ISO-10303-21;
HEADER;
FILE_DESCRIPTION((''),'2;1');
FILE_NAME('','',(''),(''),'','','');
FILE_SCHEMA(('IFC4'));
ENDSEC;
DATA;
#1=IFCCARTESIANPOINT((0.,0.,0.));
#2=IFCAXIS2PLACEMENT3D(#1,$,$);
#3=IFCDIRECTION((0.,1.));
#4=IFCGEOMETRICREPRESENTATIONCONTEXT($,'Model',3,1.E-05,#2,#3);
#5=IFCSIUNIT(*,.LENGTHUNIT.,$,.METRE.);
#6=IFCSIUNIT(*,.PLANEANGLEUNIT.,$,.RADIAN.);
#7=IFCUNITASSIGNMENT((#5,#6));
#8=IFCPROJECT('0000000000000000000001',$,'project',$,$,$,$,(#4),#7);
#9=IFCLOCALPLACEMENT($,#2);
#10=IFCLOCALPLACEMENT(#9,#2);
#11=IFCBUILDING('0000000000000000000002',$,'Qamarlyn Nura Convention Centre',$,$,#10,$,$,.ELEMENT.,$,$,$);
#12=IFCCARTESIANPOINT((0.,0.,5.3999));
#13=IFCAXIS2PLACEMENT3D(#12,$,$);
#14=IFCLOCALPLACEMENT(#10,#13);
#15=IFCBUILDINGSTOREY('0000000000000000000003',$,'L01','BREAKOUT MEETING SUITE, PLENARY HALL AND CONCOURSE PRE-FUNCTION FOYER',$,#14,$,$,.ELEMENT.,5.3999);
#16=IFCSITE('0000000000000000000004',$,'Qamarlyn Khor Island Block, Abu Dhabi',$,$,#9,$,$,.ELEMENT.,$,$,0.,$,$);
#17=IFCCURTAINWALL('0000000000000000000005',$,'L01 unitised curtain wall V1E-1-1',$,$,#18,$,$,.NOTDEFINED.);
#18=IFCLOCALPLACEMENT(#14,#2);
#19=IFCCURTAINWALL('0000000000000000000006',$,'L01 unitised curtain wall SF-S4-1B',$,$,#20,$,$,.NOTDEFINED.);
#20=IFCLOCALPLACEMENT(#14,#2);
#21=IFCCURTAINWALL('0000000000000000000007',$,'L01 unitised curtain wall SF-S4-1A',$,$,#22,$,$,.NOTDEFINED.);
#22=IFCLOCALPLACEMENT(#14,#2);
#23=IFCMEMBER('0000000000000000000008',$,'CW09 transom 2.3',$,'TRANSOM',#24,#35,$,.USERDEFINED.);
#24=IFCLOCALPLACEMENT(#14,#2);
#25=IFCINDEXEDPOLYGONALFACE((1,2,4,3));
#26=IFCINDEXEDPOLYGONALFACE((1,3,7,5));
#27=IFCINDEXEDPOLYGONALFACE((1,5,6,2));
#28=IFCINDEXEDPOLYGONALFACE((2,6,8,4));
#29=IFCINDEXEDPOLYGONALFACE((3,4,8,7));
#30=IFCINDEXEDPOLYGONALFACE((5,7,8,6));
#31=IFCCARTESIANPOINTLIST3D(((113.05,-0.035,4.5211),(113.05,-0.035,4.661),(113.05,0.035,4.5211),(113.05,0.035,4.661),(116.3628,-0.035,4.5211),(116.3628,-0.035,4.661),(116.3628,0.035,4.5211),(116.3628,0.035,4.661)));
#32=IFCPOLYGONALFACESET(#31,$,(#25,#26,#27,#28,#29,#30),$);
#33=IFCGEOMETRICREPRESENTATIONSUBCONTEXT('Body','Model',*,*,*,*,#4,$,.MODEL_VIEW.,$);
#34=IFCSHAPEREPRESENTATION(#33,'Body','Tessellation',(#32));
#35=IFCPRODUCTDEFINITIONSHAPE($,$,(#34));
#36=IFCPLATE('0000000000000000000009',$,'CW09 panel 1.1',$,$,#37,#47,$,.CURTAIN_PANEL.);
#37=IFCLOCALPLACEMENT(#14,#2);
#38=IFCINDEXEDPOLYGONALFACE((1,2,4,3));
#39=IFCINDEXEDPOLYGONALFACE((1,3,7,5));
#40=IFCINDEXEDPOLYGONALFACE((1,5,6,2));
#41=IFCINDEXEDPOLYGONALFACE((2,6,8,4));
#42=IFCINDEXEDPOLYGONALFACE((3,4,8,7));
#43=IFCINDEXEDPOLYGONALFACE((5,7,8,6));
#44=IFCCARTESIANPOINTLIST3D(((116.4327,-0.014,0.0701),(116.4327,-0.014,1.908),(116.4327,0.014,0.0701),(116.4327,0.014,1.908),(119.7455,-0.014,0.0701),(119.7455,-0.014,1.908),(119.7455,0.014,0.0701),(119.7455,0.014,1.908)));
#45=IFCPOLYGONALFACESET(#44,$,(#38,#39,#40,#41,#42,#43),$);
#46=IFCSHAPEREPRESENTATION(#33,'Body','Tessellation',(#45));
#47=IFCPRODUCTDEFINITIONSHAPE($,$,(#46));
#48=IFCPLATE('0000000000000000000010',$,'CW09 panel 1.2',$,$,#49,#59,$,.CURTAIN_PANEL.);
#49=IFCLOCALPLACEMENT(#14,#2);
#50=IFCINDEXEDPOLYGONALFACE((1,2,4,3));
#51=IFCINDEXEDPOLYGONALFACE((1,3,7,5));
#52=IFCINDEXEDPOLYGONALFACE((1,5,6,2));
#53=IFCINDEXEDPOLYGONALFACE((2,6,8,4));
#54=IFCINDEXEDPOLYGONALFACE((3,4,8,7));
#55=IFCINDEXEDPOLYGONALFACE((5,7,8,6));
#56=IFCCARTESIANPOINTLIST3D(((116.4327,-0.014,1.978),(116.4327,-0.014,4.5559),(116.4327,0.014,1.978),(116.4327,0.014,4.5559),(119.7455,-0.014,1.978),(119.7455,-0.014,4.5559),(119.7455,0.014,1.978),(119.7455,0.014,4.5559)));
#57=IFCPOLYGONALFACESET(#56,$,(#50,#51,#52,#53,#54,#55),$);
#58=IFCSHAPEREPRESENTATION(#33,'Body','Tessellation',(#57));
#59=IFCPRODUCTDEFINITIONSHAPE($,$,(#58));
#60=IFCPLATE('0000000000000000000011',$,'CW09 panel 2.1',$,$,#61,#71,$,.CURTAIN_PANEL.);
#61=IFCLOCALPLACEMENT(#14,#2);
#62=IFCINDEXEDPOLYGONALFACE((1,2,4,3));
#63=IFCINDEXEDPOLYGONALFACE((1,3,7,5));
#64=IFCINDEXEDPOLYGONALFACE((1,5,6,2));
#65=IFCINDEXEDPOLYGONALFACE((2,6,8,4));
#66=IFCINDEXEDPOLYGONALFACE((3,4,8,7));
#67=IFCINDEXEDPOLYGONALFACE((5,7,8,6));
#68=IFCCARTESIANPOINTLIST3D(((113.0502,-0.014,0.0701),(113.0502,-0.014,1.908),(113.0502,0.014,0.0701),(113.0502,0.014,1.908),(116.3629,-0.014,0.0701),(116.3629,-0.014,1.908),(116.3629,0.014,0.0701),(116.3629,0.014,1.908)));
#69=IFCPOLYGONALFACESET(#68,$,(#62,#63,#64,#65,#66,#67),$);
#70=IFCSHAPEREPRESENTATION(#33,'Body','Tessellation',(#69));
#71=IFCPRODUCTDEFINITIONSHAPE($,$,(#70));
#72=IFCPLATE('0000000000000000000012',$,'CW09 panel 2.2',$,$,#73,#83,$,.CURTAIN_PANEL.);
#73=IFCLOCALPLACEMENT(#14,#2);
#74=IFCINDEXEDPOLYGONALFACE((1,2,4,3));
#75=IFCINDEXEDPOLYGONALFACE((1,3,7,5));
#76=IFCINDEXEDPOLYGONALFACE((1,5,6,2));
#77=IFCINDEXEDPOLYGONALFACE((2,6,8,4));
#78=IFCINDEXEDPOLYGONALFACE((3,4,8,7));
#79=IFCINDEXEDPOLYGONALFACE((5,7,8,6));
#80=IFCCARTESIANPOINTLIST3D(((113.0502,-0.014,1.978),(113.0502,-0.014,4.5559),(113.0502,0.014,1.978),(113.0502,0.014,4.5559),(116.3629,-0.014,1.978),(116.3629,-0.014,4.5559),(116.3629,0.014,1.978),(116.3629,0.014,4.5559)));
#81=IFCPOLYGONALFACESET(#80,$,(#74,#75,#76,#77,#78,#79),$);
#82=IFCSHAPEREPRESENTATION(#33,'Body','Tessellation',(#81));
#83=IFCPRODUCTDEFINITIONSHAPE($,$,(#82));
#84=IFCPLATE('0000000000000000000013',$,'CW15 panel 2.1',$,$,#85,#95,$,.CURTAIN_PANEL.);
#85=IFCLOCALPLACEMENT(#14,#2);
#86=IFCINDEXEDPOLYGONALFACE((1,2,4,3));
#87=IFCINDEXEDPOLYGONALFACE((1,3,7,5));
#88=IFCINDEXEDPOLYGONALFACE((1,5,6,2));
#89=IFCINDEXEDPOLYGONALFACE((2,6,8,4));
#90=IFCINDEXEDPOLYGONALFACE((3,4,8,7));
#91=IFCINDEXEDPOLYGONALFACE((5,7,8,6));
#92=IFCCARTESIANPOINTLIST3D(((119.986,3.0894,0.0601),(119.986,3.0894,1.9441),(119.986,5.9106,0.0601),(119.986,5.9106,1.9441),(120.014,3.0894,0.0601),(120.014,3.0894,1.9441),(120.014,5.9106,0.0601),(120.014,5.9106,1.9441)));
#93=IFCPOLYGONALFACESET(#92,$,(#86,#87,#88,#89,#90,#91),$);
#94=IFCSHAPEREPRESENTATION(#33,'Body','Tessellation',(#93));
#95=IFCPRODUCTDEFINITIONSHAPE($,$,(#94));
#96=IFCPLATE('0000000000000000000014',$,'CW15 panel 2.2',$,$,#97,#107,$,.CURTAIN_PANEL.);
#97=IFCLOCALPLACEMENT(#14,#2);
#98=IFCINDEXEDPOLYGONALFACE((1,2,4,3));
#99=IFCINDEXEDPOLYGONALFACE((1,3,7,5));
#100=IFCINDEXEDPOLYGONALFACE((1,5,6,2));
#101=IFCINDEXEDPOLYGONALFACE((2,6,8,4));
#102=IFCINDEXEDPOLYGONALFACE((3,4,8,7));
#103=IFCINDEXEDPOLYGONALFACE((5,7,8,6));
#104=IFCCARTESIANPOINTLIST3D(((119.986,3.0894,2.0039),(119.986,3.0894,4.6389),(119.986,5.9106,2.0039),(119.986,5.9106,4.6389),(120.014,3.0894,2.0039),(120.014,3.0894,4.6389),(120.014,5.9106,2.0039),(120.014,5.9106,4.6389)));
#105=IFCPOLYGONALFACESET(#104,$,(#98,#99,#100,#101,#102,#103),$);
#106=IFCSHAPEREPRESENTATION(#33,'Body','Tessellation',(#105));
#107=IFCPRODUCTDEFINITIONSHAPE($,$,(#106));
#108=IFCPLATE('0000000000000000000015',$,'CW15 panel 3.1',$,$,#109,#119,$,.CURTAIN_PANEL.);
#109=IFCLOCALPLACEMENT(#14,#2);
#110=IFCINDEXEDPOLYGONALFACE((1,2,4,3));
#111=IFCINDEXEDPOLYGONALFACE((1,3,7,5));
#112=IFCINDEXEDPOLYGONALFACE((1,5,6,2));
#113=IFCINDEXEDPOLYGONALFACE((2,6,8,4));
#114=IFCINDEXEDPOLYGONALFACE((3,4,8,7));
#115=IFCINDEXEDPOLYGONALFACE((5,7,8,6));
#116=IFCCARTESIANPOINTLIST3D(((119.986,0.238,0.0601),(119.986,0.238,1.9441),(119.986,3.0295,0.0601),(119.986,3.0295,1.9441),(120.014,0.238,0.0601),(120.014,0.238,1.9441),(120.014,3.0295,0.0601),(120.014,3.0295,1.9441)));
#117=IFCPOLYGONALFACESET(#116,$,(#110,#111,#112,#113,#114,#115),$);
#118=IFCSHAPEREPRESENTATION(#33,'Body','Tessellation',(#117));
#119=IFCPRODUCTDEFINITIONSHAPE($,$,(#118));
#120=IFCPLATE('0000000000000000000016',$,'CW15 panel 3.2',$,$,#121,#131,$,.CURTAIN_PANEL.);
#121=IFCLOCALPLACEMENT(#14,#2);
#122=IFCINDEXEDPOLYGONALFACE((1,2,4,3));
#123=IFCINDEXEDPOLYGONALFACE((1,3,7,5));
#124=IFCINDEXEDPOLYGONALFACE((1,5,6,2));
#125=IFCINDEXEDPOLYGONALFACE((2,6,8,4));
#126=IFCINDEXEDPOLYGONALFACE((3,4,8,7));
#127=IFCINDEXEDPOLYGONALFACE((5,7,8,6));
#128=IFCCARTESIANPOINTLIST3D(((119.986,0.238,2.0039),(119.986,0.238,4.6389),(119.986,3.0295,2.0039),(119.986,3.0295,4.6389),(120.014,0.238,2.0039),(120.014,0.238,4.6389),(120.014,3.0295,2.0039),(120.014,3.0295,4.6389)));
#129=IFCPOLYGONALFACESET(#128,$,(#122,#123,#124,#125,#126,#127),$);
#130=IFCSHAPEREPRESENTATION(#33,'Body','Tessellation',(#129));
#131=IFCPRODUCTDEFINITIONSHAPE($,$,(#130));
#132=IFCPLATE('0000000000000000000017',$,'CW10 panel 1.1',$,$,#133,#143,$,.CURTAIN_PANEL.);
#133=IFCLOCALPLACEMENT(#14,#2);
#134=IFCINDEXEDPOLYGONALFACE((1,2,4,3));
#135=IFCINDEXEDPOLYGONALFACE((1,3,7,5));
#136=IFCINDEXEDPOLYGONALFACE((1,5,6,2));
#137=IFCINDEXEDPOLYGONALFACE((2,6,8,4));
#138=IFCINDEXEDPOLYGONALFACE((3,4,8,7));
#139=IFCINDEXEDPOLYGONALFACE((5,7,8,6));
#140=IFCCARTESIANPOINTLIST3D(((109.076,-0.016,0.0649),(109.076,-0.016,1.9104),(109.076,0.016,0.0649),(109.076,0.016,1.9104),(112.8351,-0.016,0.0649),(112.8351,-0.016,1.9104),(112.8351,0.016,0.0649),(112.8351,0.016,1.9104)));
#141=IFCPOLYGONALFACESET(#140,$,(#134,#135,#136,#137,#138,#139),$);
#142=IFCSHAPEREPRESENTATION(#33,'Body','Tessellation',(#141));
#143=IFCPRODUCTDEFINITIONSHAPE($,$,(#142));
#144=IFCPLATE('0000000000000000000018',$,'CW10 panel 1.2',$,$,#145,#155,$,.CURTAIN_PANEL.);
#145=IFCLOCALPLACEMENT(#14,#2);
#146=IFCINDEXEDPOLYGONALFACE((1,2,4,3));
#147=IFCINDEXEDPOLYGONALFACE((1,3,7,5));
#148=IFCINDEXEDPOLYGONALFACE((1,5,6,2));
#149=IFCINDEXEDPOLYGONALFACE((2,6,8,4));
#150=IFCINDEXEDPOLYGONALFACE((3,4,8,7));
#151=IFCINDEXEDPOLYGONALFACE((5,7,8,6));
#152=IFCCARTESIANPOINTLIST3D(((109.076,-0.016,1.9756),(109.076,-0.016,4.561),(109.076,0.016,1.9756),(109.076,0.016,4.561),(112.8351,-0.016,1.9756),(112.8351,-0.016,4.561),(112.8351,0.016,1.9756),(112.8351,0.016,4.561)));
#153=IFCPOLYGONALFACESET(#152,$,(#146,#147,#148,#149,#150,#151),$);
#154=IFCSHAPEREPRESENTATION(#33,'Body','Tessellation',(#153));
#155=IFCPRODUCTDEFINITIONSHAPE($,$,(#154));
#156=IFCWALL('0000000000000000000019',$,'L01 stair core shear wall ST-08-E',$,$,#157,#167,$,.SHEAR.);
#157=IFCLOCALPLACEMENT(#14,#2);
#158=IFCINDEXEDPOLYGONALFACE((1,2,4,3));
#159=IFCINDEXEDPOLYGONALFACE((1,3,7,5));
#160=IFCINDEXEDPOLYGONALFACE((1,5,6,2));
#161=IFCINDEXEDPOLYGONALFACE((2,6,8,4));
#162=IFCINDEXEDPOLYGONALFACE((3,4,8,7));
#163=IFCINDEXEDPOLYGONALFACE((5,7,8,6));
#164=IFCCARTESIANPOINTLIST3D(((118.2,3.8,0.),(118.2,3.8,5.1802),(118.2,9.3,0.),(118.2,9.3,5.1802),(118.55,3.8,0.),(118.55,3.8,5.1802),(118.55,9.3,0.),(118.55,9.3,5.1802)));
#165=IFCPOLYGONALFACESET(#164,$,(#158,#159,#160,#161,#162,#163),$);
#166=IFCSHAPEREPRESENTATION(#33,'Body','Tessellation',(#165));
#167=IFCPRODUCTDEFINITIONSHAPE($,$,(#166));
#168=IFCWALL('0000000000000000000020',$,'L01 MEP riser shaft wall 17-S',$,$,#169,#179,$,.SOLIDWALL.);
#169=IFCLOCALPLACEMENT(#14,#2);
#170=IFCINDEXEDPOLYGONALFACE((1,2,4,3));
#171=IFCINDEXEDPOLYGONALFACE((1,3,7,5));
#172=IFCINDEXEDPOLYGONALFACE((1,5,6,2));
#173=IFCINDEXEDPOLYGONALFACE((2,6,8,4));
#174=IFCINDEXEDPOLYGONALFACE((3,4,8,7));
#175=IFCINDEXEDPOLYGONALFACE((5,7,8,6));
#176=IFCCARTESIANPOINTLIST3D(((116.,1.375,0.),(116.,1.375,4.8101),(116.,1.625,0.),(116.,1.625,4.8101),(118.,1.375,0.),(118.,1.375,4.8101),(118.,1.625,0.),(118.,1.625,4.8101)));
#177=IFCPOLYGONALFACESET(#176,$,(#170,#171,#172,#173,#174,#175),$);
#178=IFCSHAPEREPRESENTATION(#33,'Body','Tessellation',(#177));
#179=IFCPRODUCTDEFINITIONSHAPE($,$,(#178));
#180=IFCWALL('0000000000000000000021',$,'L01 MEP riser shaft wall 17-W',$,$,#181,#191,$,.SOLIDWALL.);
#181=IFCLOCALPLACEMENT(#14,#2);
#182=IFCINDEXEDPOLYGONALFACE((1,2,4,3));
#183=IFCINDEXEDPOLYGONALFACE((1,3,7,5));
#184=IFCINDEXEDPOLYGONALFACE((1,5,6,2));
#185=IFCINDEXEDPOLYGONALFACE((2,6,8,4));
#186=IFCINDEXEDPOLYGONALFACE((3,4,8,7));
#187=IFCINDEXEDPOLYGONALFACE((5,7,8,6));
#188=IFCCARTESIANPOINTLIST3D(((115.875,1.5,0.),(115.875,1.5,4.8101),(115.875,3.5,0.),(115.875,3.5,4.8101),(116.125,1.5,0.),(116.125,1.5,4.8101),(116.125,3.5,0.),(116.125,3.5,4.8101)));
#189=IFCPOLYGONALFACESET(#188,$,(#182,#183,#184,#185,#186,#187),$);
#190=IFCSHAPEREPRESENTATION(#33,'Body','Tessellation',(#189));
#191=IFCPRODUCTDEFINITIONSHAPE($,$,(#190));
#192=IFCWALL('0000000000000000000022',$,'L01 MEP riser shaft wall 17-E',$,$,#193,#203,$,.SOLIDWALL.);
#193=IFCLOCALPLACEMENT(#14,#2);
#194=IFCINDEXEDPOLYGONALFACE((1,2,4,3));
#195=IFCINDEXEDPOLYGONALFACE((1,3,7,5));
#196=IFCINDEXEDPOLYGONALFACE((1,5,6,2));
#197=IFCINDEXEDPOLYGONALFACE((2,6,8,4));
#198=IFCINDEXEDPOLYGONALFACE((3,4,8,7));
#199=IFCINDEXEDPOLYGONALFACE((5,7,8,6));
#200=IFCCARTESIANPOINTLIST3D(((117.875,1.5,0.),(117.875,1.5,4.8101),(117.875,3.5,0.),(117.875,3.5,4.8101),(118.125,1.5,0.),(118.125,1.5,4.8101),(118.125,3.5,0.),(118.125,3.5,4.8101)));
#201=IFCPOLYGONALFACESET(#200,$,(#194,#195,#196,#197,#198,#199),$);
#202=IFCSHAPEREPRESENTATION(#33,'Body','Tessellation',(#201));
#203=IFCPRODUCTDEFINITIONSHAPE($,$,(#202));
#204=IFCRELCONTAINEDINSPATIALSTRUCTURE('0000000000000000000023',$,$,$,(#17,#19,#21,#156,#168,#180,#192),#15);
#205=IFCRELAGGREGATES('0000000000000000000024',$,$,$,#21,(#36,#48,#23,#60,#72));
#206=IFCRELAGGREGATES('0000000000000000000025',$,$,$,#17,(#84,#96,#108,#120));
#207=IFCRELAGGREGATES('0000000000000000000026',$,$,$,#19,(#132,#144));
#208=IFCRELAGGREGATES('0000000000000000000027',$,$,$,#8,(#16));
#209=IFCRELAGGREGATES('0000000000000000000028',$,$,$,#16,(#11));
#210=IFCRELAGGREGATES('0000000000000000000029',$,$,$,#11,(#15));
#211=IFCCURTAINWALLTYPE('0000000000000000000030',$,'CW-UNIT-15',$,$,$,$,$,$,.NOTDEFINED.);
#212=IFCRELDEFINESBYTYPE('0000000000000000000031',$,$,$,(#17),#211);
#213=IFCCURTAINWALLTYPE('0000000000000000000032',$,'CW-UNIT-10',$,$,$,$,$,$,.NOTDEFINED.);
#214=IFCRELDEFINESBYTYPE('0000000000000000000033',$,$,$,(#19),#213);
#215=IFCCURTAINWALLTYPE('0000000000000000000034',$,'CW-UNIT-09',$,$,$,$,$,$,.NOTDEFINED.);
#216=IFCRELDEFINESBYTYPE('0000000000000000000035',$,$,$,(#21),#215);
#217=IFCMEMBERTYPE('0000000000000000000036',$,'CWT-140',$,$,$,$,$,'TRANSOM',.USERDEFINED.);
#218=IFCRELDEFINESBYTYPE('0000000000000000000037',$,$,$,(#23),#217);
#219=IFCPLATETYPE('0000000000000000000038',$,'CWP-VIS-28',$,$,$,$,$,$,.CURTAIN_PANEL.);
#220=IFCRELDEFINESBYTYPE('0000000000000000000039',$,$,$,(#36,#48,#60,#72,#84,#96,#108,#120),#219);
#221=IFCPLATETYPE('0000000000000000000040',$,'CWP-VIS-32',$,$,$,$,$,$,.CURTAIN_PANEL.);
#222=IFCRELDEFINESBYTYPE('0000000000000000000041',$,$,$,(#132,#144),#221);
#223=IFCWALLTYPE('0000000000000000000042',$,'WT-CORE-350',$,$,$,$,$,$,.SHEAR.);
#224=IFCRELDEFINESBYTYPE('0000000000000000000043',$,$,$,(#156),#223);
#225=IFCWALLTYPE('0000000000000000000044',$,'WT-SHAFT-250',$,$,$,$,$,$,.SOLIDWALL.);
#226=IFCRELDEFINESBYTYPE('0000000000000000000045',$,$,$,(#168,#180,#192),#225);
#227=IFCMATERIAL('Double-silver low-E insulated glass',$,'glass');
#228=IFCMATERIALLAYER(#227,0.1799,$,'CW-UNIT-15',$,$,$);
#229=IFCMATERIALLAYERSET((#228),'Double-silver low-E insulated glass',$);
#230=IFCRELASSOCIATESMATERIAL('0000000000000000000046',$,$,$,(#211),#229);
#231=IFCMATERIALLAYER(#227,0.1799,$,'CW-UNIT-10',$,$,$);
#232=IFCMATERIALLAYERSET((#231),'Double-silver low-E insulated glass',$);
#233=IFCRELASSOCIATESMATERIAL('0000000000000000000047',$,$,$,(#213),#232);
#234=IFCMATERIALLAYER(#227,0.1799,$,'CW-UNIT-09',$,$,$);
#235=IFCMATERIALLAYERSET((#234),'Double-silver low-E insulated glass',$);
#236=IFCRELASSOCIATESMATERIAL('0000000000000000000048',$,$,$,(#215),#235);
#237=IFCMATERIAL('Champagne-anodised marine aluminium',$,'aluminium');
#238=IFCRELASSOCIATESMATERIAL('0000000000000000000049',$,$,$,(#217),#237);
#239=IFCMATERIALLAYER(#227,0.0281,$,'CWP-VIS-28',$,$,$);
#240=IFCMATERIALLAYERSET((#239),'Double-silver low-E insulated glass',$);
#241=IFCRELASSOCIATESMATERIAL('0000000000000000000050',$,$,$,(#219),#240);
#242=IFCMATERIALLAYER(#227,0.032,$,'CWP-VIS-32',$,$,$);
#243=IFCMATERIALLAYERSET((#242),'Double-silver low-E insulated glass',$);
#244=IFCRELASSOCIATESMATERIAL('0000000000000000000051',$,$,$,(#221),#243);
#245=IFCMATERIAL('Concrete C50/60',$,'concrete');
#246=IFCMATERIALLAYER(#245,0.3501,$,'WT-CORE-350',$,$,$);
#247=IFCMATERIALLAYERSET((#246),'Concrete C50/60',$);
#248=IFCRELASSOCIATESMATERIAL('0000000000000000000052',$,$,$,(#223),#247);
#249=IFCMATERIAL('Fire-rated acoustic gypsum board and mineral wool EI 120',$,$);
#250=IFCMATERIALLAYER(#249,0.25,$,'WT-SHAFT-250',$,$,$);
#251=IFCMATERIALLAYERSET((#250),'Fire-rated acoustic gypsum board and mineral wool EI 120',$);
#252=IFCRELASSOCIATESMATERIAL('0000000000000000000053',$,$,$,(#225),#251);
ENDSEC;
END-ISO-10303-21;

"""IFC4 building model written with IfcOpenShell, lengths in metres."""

from ifc_helpers import new_model, si_unit, direction, frame, frame_2d, origin, origin_2d, place, context, subcontext, project, spatial, rectangle, extrude, material, layer, layer_set, material_profile, profile_set, type_object, element, aggregate, save


model = new_model("IFC4")

# Units and contexts
model_context = context("Model", 3, precision=1e-05, world=origin(), true_north=direction((0.0, 1.0)))
body_context = subcontext(model_context, "Body", "Model", "MODEL_VIEW")
ifc_project = project(units=[si_unit("LENGTHUNIT", "METRE"), si_unit("PLANEANGLEUNIT", "RADIAN")], contexts=[model_context])

# Site, building, storey
site_placement = place(None, origin())
site = spatial("IfcSite", under=ifc_project, at=site_placement, Name="Qamarlyn Khor Island Block, Abu Dhabi", CompositionType="ELEMENT", RefElevation=0.0)
building_placement = place(site_placement, origin())
building = spatial("IfcBuilding", under=site, at=building_placement, Name="Qamarlyn Nura Convention Centre", CompositionType="ELEMENT")
storey_placement = place(building_placement, frame((0.0, 0.0, 5.3999)))
storey = spatial("IfcBuildingStorey", under=building, at=storey_placement, Name="L01", Description="BREAKOUT MEETING SUITE, PLENARY HALL AND CONCOURSE PRE-FUNCTION FOYER", CompositionType="ELEMENT", Elevation=5.3999)

# Curtain wall
ifc_material_1 = material(Name="Double-silver low-E insulated glass", Category="glass")
ifc_layer_1 = layer(ifc_material_1, 0.1799, Name="CW-UNIT-15")
ifc_layer_set_1 = layer_set([ifc_layer_1], Name="Double-silver low-E insulated glass")
curtain_wall_type_1 = type_object("IfcCurtainWallType", Name="CW-UNIT-15", PredefinedType="NOTDEFINED", material=ifc_layer_set_1)
curtain_wall_1_placement = place(storey_placement, origin())
curtain_wall_1 = element("IfcCurtainWall", 1, at=curtain_wall_1_placement, inside=storey, type_object=curtain_wall_type_1, Name="L01 unitised curtain wall V1E-1-1", PredefinedType="NOTDEFINED")
ifc_material_2 = material(Name="Champagne-anodised marine aluminium", Category="aluminium")

# Curtain wall
ifc_layer_2 = layer(ifc_material_1, 0.1799, Name="CW-UNIT-10")
ifc_layer_set_2 = layer_set([ifc_layer_2], Name="Double-silver low-E insulated glass")
curtain_wall_type_2 = type_object("IfcCurtainWallType", Name="CW-UNIT-10", PredefinedType="NOTDEFINED", material=ifc_layer_set_2)
curtain_wall_2_placement = place(storey_placement, origin())
curtain_wall_2 = element("IfcCurtainWall", 2, at=curtain_wall_2_placement, inside=storey, type_object=curtain_wall_type_2, Name="L01 unitised curtain wall SF-S4-1B", PredefinedType="NOTDEFINED")

# Curtain wall
ifc_layer_3 = layer(ifc_material_1, 0.1799, Name="CW-UNIT-09")
ifc_layer_set_3 = layer_set([ifc_layer_3], Name="Double-silver low-E insulated glass")
curtain_wall_type_3 = type_object("IfcCurtainWallType", Name="CW-UNIT-09", PredefinedType="NOTDEFINED", material=ifc_layer_set_3)
curtain_wall_3_placement = place(storey_placement, origin())
curtain_wall_3 = element("IfcCurtainWall", 3, at=curtain_wall_3_placement, inside=storey, type_object=curtain_wall_type_3, Name="L01 unitised curtain wall SF-S4-1A", PredefinedType="NOTDEFINED")

# Member
ifc_material_profile_1 = material_profile(ifc_material_2, rectangle(XDim=0.0701, YDim=0.1399, at=origin_2d()), Name="ALU TRANSOM 70x140")
ifc_profile_set_1 = profile_set([ifc_material_profile_1], Name="Champagne-anodised marine aluminium")
member_type_1 = type_object("IfcMemberType", Name="CWT-140", ElementType="TRANSOM", PredefinedType="USERDEFINED", material=ifc_profile_set_1)
member_1_placement = place(storey_placement, frame((116.3628, 0.0, 4.5911), z_axis=(-1.0, 0.0, 0.0), x_axis=(0.0, -1.0, 0.0)))
member_1 = element("IfcMember", 4, at=member_1_placement, type_object=member_type_1, Name="CW09 transom 2.3", ObjectType="TRANSOM", PredefinedType="USERDEFINED", context=body_context, shape_type="SweptSolid", body=[
    extrude(rectangle(XDim=0.0701, YDim=0.1399, at=origin_2d()), origin(), (0.0, 0.0, 1.0), 3.3127),
])

# Plates
ifc_layer_4 = layer(ifc_material_1, 0.0281, Name="CWP-VIS-28")
ifc_layer_set_4 = layer_set([ifc_layer_4], Name="Double-silver low-E insulated glass")
plate_type_1 = type_object("IfcPlateType", Name="CWP-VIS-28", PredefinedType="CURTAIN_PANEL", material=ifc_layer_set_4)
plate_1_placement = place(storey_placement, frame((118.0891, 0.0, 0.0701), z_axis=(0.0, 0.0, 1.0), x_axis=(-1.0, 0.0, 0.0)))
plate_1 = element("IfcPlate", 5, at=plate_1_placement, type_object=plate_type_1, Name="CW09 panel 1.1", PredefinedType="CURTAIN_PANEL", context=body_context, shape_type="SweptSolid", body=[
    extrude(rectangle(XDim=3.3127, YDim=0.0281, at=origin_2d()), origin(), (0.0, 0.0, 1.0), 1.8379),
])
plate_2_placement = place(storey_placement, frame((118.0891, 0.0, 1.978), z_axis=(0.0, 0.0, 1.0), x_axis=(-1.0, 0.0, 0.0)))
plate_2 = element("IfcPlate", 6, at=plate_2_placement, type_object=plate_type_1, Name="CW09 panel 1.2", PredefinedType="CURTAIN_PANEL", context=body_context, shape_type="SweptSolid", body=[
    extrude(rectangle(XDim=3.3127, YDim=0.0281, at=origin_2d()), origin(), (0.0, 0.0, 1.0), 2.5779),
])
plate_3_placement = place(storey_placement, frame((114.7065, 0.0, 0.0701), z_axis=(0.0, 0.0, 1.0), x_axis=(-1.0, 0.0, 0.0)))
plate_3 = element("IfcPlate", 7, at=plate_3_placement, type_object=plate_type_1, Name="CW09 panel 2.1", PredefinedType="CURTAIN_PANEL", context=body_context, shape_type="SweptSolid", body=[
    extrude(rectangle(XDim=3.3127, YDim=0.0281, at=origin_2d()), origin(), (0.0, 0.0, 1.0), 1.8379),
])
plate_4_placement = place(storey_placement, frame((114.7065, 0.0, 1.978), z_axis=(0.0, 0.0, 1.0), x_axis=(-1.0, 0.0, 0.0)))
plate_4 = element("IfcPlate", 8, at=plate_4_placement, type_object=plate_type_1, Name="CW09 panel 2.2", PredefinedType="CURTAIN_PANEL", context=body_context, shape_type="SweptSolid", body=[
    extrude(rectangle(XDim=3.3127, YDim=0.0281, at=origin_2d()), origin(), (0.0, 0.0, 1.0), 2.5779),
])
aggregate(curtain_wall_3, [plate_1, plate_2, member_1, plate_3, plate_4])
plate_5_placement = place(storey_placement, frame((120.0, 4.5, 0.0601), z_axis=(0.0, 0.0, 1.0), x_axis=(0.0, -1.0, 0.0)))
plate_5 = element("IfcPlate", 9, at=plate_5_placement, type_object=plate_type_1, Name="CW15 panel 2.1", PredefinedType="CURTAIN_PANEL", context=body_context, shape_type="SweptSolid", body=[
    extrude(rectangle(XDim=2.8213, YDim=0.0281, at=origin_2d()), origin(), (0.0, 0.0, 1.0), 1.884),
])
plate_6_placement = place(storey_placement, frame((120.0, 4.5, 2.0039), z_axis=(0.0, 0.0, 1.0), x_axis=(0.0, -1.0, 0.0)))
plate_6 = element("IfcPlate", 10, at=plate_6_placement, type_object=plate_type_1, Name="CW15 panel 2.2", PredefinedType="CURTAIN_PANEL", context=body_context, shape_type="SweptSolid", body=[
    extrude(rectangle(XDim=2.8213, YDim=0.0281, at=origin_2d()), origin(), (0.0, 0.0, 1.0), 2.635),
])
plate_7_placement = place(storey_placement, frame((120.0, 1.6338, 0.0601), z_axis=(0.0, 0.0, 1.0), x_axis=(0.0, -1.0, 0.0)))
plate_7 = element("IfcPlate", 11, at=plate_7_placement, type_object=plate_type_1, Name="CW15 panel 3.1", PredefinedType="CURTAIN_PANEL", context=body_context, shape_type="SweptSolid", body=[
    extrude(rectangle(XDim=2.7915, YDim=0.0281, at=origin_2d()), origin(), (0.0, 0.0, 1.0), 1.884),
])
plate_8_placement = place(storey_placement, frame((120.0, 1.6338, 2.0039), z_axis=(0.0, 0.0, 1.0), x_axis=(0.0, -1.0, 0.0)))
plate_8 = element("IfcPlate", 12, at=plate_8_placement, type_object=plate_type_1, Name="CW15 panel 3.2", PredefinedType="CURTAIN_PANEL", context=body_context, shape_type="SweptSolid", body=[
    extrude(rectangle(XDim=2.7915, YDim=0.0281, at=origin_2d()), origin(), (0.0, 0.0, 1.0), 2.635),
])
aggregate(curtain_wall_1, [plate_5, plate_6, plate_7, plate_8])
ifc_layer_5 = layer(ifc_material_1, 0.032, Name="CWP-VIS-32")
ifc_layer_set_5 = layer_set([ifc_layer_5], Name="Double-silver low-E insulated glass")
plate_type_2 = type_object("IfcPlateType", Name="CWP-VIS-32", PredefinedType="CURTAIN_PANEL", material=ifc_layer_set_5)
plate_9_placement = place(storey_placement, frame((110.9556, 0.0, 0.0649), z_axis=(0.0, 0.0, 1.0), x_axis=(-1.0, 0.0, 0.0)))
plate_9 = element("IfcPlate", 13, at=plate_9_placement, type_object=plate_type_2, Name="CW10 panel 1.1", PredefinedType="CURTAIN_PANEL", context=body_context, shape_type="SweptSolid", body=[
    extrude(rectangle(XDim=3.759, YDim=0.032, at=origin_2d()), origin(), (0.0, 0.0, 1.0), 1.8455),
])
plate_10_placement = place(storey_placement, frame((110.9556, 0.0, 1.9756), z_axis=(0.0, 0.0, 1.0), x_axis=(-1.0, 0.0, 0.0)))
plate_10 = element("IfcPlate", 14, at=plate_10_placement, type_object=plate_type_2, Name="CW10 panel 1.2", PredefinedType="CURTAIN_PANEL", context=body_context, shape_type="SweptSolid", body=[
    extrude(rectangle(XDim=3.759, YDim=0.032, at=origin_2d()), origin(), (0.0, 0.0, 1.0), 2.5854),
])
aggregate(curtain_wall_2, [plate_9, plate_10])

# Walls
ifc_material_3 = material(Name="Concrete C50/60", Category="concrete")
ifc_layer_6 = layer(ifc_material_3, 0.3501, Name="WT-CORE-350")
ifc_layer_set_6 = layer_set([ifc_layer_6], Name="Concrete C50/60")
wall_type_1 = type_object("IfcWallType", Name="WT-CORE-350", PredefinedType="SHEAR", material=ifc_layer_set_6)
wall_placement = place(storey_placement, frame((118.375, 3.8, 0.0), z_axis=(0.0, 0.0, 1.0), x_axis=(0.0, 1.0, 0.0)))
element("IfcWall", 15, at=wall_placement, inside=storey, type_object=wall_type_1, Name="L01 stair core shear wall ST-08-E", PredefinedType="SHEAR", context=body_context, shape_type="SweptSolid", body=[
    extrude(rectangle(XDim=5.5, YDim=0.3501, at=frame_2d((2.75, 0.0))), origin(), (0.0, 0.0, 1.0), 5.1802),
])
ifc_material_4 = material(Name="Fire-rated acoustic gypsum board and mineral wool EI 120")
ifc_layer_7 = layer(ifc_material_4, 0.25, Name="WT-SHAFT-250")
ifc_layer_set_7 = layer_set([ifc_layer_7], Name="Fire-rated acoustic gypsum board and mineral wool EI 120")
wall_type_2 = type_object("IfcWallType", Name="WT-SHAFT-250", PredefinedType="SOLIDWALL", material=ifc_layer_set_7)
for number, where, z_axis, x_axis, name in (
    (16, (116.0, 1.5, 0.0), (0.0, 0.0, 1.0), (1.0, 0.0, 0.0), "L01 MEP riser shaft wall 17-S"),
    (17, (116.0, 3.5, 0.0), (0.0, 0.0, 1.0), (0.0, -1.0, 0.0), "L01 MEP riser shaft wall 17-W"),
    (18, (118.0, 1.5, 0.0), (0.0, 0.0, 1.0), (0.0, 1.0, 0.0), "L01 MEP riser shaft wall 17-E"),
):
    element("IfcWall", number, at=place(storey_placement, frame(where, z_axis=z_axis, x_axis=x_axis)), inside=storey, type_object=wall_type_2, Name=name, PredefinedType="SOLIDWALL", context=body_context, shape_type="SweptSolid", body=[
        extrude(rectangle(XDim=2.0, YDim=0.25, at=frame_2d((1.0, 0.0))), origin(), (0.0, 0.0, 1.0), 4.8101),
    ])

save(model, "model.ifc")
